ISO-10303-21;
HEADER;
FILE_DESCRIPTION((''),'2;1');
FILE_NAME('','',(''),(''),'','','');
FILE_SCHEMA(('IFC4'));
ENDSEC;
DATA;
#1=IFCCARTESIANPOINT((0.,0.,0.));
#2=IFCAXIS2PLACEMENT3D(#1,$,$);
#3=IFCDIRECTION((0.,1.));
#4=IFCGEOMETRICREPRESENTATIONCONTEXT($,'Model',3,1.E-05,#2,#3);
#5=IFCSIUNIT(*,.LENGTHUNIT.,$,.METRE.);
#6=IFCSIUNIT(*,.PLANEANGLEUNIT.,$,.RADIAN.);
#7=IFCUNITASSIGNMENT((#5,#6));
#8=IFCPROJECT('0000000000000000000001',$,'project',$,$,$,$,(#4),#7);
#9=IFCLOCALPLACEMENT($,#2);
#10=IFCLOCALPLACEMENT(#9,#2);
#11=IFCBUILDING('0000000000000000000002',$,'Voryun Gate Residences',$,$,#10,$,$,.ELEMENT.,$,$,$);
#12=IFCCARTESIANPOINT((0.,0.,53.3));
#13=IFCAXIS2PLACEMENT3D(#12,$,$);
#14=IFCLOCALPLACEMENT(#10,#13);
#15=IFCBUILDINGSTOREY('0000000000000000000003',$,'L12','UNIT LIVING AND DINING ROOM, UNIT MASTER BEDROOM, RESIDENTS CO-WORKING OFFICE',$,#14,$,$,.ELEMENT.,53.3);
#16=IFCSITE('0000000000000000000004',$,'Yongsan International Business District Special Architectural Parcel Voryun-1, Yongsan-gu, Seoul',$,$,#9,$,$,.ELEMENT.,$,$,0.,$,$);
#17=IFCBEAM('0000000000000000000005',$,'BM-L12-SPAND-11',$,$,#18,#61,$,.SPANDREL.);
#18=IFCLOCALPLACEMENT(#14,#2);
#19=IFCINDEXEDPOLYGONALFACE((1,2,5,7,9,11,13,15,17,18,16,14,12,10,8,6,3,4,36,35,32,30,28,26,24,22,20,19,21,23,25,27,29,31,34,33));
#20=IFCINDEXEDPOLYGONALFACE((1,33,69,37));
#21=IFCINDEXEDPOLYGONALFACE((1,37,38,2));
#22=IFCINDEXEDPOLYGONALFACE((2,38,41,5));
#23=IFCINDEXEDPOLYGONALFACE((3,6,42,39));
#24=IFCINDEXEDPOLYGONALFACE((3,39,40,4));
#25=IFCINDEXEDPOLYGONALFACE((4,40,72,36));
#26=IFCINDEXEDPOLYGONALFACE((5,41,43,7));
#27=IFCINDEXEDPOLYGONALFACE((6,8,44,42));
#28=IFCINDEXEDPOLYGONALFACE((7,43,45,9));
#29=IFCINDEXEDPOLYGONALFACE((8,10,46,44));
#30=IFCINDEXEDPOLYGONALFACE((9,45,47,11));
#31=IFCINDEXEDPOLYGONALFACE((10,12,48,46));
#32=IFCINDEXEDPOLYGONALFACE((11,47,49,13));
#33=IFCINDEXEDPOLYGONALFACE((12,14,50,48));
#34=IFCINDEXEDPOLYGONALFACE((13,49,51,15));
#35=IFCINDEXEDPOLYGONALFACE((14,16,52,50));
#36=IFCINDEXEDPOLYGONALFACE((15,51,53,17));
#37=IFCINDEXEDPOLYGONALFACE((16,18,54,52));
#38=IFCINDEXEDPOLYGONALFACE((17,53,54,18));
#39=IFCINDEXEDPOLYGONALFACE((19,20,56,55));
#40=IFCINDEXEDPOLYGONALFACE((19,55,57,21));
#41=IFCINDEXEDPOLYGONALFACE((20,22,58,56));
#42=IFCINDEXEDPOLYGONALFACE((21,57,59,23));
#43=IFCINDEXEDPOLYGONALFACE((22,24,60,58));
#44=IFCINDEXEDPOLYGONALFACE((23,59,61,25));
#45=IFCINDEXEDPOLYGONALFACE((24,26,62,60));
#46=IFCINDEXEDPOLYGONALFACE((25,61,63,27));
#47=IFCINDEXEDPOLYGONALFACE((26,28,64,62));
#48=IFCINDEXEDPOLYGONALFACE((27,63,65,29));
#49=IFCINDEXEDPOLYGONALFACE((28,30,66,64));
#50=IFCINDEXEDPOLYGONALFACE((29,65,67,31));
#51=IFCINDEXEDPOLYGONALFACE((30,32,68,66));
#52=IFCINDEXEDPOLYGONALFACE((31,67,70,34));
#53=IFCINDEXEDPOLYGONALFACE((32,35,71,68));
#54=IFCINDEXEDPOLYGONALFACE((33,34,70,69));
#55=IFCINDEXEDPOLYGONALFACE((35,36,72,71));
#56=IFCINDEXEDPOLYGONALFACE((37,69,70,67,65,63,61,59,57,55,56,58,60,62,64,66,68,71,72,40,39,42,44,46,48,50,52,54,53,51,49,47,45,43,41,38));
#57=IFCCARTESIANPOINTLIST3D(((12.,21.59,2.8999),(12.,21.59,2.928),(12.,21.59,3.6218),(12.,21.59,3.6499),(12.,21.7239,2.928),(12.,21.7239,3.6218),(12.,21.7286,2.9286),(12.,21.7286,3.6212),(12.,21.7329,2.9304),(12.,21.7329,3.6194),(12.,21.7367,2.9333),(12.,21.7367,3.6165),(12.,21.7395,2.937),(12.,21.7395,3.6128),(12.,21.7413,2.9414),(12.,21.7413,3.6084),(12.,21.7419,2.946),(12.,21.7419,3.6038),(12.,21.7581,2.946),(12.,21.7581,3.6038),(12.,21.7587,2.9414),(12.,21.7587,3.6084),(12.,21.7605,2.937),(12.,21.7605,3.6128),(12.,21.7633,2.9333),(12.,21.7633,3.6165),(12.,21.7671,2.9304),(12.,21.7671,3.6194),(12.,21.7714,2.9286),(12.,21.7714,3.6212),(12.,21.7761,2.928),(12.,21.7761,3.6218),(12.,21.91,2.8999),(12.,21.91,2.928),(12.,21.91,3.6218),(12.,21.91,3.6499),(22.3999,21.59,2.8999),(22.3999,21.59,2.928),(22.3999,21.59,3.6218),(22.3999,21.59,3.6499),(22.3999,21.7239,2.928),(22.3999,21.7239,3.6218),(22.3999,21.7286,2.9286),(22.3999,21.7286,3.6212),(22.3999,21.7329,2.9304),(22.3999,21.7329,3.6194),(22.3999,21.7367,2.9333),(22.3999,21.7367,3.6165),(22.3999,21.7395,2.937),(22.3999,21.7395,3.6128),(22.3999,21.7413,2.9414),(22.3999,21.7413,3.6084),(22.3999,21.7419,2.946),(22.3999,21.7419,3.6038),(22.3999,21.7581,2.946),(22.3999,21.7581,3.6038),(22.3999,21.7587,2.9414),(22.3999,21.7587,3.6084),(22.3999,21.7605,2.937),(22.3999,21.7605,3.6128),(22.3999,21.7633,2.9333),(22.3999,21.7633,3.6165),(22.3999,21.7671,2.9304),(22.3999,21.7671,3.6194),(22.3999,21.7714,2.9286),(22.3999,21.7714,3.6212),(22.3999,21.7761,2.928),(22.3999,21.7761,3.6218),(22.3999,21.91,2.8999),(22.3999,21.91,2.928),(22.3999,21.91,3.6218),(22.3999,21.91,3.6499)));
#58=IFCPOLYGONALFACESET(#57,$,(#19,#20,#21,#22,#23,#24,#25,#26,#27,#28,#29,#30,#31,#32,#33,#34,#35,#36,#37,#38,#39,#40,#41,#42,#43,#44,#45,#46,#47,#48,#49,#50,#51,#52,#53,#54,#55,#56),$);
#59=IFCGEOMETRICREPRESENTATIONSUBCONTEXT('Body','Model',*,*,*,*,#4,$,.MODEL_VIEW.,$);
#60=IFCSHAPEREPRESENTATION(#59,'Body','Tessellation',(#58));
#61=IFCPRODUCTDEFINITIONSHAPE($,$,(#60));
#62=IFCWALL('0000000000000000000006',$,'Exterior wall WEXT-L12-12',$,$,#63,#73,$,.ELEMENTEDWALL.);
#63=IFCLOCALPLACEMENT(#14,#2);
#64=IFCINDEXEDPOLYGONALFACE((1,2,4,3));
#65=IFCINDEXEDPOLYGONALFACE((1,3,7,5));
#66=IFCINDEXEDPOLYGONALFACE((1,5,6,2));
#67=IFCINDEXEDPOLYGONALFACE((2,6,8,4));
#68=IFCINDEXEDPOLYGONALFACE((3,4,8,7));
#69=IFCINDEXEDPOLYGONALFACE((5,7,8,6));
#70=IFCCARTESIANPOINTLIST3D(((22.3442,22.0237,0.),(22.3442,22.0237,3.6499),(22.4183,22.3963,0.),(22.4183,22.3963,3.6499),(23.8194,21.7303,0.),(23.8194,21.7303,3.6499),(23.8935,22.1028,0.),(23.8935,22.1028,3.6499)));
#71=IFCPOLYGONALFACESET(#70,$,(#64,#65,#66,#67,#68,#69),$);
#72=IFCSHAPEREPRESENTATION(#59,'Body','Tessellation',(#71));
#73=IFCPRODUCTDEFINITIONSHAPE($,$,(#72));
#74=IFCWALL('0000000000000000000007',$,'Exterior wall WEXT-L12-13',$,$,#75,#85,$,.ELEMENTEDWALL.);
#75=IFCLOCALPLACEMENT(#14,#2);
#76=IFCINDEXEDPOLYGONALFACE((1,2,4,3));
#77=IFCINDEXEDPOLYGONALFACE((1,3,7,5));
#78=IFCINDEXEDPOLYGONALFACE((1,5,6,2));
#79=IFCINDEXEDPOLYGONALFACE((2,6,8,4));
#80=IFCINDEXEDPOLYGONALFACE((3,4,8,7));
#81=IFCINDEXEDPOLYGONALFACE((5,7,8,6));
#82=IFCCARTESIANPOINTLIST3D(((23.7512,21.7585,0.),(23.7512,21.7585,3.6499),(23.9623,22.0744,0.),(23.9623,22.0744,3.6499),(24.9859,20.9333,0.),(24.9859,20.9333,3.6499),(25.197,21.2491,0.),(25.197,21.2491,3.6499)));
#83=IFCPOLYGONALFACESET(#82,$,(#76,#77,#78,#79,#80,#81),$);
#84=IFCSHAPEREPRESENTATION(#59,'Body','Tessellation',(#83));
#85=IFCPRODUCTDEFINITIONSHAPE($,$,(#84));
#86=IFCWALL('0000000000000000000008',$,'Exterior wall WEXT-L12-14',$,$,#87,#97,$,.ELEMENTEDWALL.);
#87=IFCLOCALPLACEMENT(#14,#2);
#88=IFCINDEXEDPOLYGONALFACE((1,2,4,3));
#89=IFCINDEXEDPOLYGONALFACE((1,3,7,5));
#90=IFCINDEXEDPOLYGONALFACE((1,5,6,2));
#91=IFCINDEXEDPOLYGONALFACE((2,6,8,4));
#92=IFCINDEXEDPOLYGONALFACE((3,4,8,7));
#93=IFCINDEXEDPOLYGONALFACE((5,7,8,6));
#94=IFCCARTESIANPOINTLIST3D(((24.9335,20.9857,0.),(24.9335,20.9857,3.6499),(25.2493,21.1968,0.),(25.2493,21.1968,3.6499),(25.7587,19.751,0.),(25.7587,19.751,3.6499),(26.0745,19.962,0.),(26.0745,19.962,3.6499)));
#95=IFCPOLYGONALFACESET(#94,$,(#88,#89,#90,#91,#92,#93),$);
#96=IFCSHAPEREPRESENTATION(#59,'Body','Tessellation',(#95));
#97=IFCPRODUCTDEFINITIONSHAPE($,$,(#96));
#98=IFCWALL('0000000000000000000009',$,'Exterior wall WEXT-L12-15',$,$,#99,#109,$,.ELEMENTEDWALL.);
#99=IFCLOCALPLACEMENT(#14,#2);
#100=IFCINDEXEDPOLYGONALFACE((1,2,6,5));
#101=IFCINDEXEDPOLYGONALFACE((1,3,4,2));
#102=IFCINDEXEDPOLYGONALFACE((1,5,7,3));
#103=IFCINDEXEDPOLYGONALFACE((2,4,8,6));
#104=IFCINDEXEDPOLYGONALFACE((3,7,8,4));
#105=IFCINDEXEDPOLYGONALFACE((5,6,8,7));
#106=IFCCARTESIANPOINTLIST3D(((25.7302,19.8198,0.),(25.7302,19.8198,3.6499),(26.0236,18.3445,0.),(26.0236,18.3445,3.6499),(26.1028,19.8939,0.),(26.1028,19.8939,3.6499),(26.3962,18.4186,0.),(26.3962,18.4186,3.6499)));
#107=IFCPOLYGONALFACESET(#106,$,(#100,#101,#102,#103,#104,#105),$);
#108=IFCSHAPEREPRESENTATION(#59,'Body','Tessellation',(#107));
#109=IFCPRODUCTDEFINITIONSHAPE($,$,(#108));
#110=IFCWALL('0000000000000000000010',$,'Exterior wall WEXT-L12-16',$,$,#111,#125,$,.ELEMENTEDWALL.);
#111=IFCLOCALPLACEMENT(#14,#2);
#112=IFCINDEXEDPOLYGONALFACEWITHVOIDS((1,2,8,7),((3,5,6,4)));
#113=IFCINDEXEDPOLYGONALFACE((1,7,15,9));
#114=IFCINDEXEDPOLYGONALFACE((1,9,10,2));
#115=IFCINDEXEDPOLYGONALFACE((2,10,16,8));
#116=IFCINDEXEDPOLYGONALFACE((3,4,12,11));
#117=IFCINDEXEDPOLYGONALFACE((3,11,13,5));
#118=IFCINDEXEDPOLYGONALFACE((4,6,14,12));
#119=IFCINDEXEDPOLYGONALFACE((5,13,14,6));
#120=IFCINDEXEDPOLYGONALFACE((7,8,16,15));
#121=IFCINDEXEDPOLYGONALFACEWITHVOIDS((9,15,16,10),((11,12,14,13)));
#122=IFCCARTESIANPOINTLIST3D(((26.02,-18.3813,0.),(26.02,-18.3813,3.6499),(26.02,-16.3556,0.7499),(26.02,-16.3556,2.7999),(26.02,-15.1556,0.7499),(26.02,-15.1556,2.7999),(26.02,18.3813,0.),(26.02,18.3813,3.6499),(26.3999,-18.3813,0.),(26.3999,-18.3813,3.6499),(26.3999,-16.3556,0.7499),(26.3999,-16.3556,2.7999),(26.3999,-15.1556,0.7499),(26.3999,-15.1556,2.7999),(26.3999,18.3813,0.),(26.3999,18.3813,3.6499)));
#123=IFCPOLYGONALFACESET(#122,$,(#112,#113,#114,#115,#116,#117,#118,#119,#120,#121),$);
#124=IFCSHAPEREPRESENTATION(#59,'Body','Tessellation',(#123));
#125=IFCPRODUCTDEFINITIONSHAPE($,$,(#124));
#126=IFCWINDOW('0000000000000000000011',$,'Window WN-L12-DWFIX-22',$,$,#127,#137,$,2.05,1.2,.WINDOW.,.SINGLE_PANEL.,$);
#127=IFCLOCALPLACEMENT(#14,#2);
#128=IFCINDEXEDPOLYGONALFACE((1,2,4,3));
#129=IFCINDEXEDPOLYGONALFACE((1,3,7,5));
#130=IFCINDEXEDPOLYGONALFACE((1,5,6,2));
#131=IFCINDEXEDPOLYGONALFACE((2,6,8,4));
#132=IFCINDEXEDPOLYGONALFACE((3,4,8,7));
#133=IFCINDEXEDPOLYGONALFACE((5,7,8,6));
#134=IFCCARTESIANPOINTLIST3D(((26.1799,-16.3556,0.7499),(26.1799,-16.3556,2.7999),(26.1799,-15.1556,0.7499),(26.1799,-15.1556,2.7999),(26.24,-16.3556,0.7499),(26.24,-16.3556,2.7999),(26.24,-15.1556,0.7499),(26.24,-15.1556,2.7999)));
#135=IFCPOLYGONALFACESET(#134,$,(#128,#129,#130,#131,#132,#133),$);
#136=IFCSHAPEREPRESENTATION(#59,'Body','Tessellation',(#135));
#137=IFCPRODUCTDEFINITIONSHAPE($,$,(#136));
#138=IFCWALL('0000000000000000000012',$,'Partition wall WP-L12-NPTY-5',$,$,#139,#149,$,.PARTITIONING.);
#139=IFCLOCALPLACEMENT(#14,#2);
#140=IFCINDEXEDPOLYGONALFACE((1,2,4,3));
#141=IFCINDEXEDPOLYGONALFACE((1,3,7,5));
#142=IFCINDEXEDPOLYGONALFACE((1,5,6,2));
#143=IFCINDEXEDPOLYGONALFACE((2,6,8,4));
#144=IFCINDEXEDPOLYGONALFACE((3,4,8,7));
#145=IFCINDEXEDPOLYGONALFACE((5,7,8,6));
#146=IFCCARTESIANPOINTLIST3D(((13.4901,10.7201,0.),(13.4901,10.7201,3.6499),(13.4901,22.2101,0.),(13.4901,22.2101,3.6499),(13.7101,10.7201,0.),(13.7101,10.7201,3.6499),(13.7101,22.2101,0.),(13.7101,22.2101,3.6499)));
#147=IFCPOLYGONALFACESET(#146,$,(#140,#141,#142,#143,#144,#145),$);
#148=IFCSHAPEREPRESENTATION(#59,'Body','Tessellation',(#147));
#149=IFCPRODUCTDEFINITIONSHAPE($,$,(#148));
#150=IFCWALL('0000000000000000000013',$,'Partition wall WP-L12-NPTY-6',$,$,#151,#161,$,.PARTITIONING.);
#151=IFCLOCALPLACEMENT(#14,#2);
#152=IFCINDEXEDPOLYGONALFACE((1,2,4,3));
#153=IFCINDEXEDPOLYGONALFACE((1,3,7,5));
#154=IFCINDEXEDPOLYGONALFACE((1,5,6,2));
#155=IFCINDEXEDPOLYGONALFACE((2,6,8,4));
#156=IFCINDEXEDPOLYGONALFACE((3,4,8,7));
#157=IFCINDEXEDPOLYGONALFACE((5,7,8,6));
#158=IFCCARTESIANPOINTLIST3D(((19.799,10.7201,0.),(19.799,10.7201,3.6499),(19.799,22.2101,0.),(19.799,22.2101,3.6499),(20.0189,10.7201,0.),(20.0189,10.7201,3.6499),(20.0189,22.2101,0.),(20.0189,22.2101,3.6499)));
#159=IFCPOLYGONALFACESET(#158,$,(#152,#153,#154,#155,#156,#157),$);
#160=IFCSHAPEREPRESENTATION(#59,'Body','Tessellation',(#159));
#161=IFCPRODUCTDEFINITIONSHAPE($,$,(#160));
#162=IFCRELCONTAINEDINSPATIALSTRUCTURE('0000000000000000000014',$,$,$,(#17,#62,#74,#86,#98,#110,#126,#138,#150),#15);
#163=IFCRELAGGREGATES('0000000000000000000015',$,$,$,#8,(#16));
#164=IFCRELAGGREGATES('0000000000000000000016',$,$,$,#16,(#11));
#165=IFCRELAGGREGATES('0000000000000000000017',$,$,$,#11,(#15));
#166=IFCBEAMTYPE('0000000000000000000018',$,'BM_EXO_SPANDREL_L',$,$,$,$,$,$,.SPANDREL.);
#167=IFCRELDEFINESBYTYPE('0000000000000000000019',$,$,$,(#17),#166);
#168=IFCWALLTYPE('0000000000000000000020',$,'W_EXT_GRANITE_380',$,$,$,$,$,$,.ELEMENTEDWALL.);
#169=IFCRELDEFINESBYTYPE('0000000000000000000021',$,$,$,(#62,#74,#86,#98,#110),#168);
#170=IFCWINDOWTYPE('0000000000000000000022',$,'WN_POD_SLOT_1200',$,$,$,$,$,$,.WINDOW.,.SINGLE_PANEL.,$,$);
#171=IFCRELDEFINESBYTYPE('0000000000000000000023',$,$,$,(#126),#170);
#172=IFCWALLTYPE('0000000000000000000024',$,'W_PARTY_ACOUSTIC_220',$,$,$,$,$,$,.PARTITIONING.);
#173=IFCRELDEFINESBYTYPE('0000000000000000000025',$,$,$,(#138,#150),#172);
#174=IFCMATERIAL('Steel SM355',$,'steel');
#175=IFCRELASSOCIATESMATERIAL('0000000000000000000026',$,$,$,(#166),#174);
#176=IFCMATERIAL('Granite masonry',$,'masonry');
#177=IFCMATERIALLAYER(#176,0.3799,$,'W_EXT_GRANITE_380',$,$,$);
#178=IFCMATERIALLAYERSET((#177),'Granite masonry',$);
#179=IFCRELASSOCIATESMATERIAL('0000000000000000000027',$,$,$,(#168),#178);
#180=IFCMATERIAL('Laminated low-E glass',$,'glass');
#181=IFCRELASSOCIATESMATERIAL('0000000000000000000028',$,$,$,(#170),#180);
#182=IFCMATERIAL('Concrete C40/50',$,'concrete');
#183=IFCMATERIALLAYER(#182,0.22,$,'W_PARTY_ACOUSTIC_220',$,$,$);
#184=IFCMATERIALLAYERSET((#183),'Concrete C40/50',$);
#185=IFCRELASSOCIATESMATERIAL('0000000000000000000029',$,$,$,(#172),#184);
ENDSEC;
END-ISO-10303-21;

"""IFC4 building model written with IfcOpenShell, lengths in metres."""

from ifc_helpers import new_model, si_unit, direction, frame, frame_2d, origin, origin_2d, place, context, subcontext, project, spatial, rectangle, i_section, extrude, material, layer, layer_set, material_profile, profile_set, type_object, element, fill, save


model = new_model("IFC4")

# Units and contexts
model_context = context("Model", 3, precision=1e-05, world=origin(), true_north=direction((0.0, 1.0)))
body_context = subcontext(model_context, "Body", "Model", "MODEL_VIEW")
ifc_project = project(units=[si_unit("LENGTHUNIT", "METRE"), si_unit("PLANEANGLEUNIT", "RADIAN")], contexts=[model_context])

# Site, building, storey
site_placement = place(None, origin())
site = spatial("IfcSite", under=ifc_project, at=site_placement, Name="Yongsan International Business District Special Architectural Parcel Voryun-1, Yongsan-gu, Seoul", CompositionType="ELEMENT", RefElevation=0.0)
building_placement = place(site_placement, origin())
building = spatial("IfcBuilding", under=site, at=building_placement, Name="Voryun Gate Residences", CompositionType="ELEMENT")
storey_placement = place(building_placement, frame((0.0, 0.0, 53.3)))
storey = spatial("IfcBuildingStorey", under=building, at=storey_placement, Name="L12", Description="UNIT LIVING AND DINING ROOM, UNIT MASTER BEDROOM, RESIDENTS CO-WORKING OFFICE", CompositionType="ELEMENT", Elevation=53.3)

# Beam
ifc_material_1 = material(Name="Steel SM355", Category="steel")
ifc_material_profile_1 = material_profile(ifc_material_1, i_section(OverallWidth=0.3201, OverallDepth=0.75, WebThickness=0.0161, FlangeThickness=0.0281, FilletRadius=0.0181, at=origin_2d()), Name="H-750x320x16x28")
ifc_profile_set_1 = profile_set([ifc_material_profile_1], Name="Steel SM355")
beam_type = type_object("IfcBeamType", Name="BM_EXO_SPANDREL_L", PredefinedType="SPANDREL", material=ifc_profile_set_1)
beam_1_placement = place(storey_placement, frame((22.3999, 21.75, 3.2749), z_axis=(-1.0, 0.0, 0.0), x_axis=(0.0, -1.0, 0.0)))
element("IfcBeam", 1, at=beam_1_placement, inside=storey, type_object=beam_type, Name="BM-L12-SPAND-11", PredefinedType="SPANDREL", context=body_context, shape_type="SweptSolid", body=[
    extrude(i_section(OverallWidth=0.3201, OverallDepth=0.75, WebThickness=0.0161, FlangeThickness=0.0281, FilletRadius=0.0181, at=origin_2d()), origin(), (0.0, 0.0, 1.0), 10.3999),
])

# Walls
ifc_material_2 = material(Name="Granite masonry", Category="masonry")
ifc_layer_1 = layer(ifc_material_2, 0.3799, Name="W_EXT_GRANITE_380")
ifc_layer_set_1 = layer_set([ifc_layer_1], Name="Granite masonry")
wall_type_1 = type_object("IfcWallType", Name="W_EXT_GRANITE_380", PredefinedType="ELEMENTEDWALL", material=ifc_layer_set_1)
wall_1_placement = place(storey_placement, frame((22.3813, 22.21, 0.0), z_axis=(0.0, 0.0, 1.0), x_axis=(0.980786, -0.195086, 0.0)))
element("IfcWall", 2, at=wall_1_placement, inside=storey, type_object=wall_type_1, Name="Exterior wall WEXT-L12-12", PredefinedType="ELEMENTEDWALL", context=body_context, shape_type="SweptSolid", body=[
    extrude(rectangle(XDim=1.5042, YDim=0.3799, at=frame_2d((0.752, 0.0))), origin(), (0.0, 0.0, 1.0), 3.6499),
])
for number, where, z_axis, x_axis, name in (
    (3, (23.8567, 21.9165, 0.0), (0.0, 0.0, 1.0), (0.831392, -0.555686, 0.0), "Exterior wall WEXT-L12-13"),
    (4, (25.0913, 21.0913, 0.0), (0.0, 0.0, 1.0), (0.555686, -0.831392, 0.0), "Exterior wall WEXT-L12-14"),
):
    element("IfcWall", number, at=place(storey_placement, frame(where, z_axis=z_axis, x_axis=x_axis)), inside=storey, type_object=wall_type_1, Name=name, PredefinedType="ELEMENTEDWALL", context=body_context, shape_type="SweptSolid", body=[
        extrude(rectangle(XDim=1.4851, YDim=0.3799, at=frame_2d((0.7427, 0.0))), origin(), (0.0, 0.0, 1.0), 3.6499),
    ])
wall_2_placement = place(storey_placement, frame((25.9165, 19.8567, 0.0), z_axis=(0.0, 0.0, 1.0), x_axis=(0.195086, -0.980786, 0.0)))
element("IfcWall", 5, at=wall_2_placement, inside=storey, type_object=wall_type_1, Name="Exterior wall WEXT-L12-15", PredefinedType="ELEMENTEDWALL", context=body_context, shape_type="SweptSolid", body=[
    extrude(rectangle(XDim=1.5042, YDim=0.3799, at=frame_2d((0.752, 0.0))), origin(), (0.0, 0.0, 1.0), 3.6499),
])

# Wall, opening, window
wall_3_placement = place(storey_placement, frame((26.21, 18.3813, 0.0), z_axis=(0.0, 0.0, 1.0), x_axis=(0.0, -1.0, 0.0)))
wall_3 = element("IfcWall", 6, at=wall_3_placement, inside=storey, type_object=wall_type_1, Name="Exterior wall WEXT-L12-16", PredefinedType="ELEMENTEDWALL", context=body_context, shape_type="SweptSolid", body=[
    extrude(rectangle(XDim=36.7627, YDim=0.3799, at=frame_2d((18.3813, 0.0))), origin(), (0.0, 0.0, 1.0), 3.6499),
])
opening_1_placement = place(wall_3_placement, frame((33.5369, 0.0, 0.75)))
opening_1 = element("IfcOpeningElement", 7, at=opening_1_placement, cuts=wall_3, PredefinedType="OPENING", context=body_context, shape_type="SweptSolid", body=[
    extrude(rectangle(XDim=1.2, YDim=2.05, at=frame_2d((0.6001, 1.0249))), frame((0.0, 0.2, 0.0), z_axis=(0.0, -1.0, 0.0), x_axis=(1.0, 0.0, 0.0)), (0.0, 0.0, 1.0), 0.3999),
])
ifc_material_3 = material(Name="Laminated low-E glass", Category="glass")
window_type = type_object("IfcWindowType", Name="WN_POD_SLOT_1200", PartitioningType="SINGLE_PANEL", PredefinedType="WINDOW", material=ifc_material_3)
window_placement = place(opening_1_placement, origin())
window = element("IfcWindow", 8, at=window_placement, inside=storey, type_object=window_type, Name="Window WN-L12-DWFIX-22", OverallHeight=2.05, OverallWidth=1.2, PartitioningType="SINGLE_PANEL", PredefinedType="WINDOW", context=body_context, shape_type="SweptSolid", body=[
    extrude(rectangle(XDim=1.2, YDim=2.05, at=frame_2d((0.6001, 1.0249))), frame((0.0, 0.03, 0.0), z_axis=(0.0, -1.0, 0.0), x_axis=(1.0, 0.0, 0.0)), (0.0, 0.0, 1.0), 0.0601),
])
fill(opening_1, window)

# Walls
ifc_material_4 = material(Name="Concrete C40/50", Category="concrete")
ifc_layer_2 = layer(ifc_material_4, 0.22, Name="W_PARTY_ACOUSTIC_220")
ifc_layer_set_2 = layer_set([ifc_layer_2], Name="Concrete C40/50")
wall_type_2 = type_object("IfcWallType", Name="W_PARTY_ACOUSTIC_220", PredefinedType="PARTITIONING", material=ifc_layer_set_2)
for number, where, z_axis, x_axis, name in (
    (9, (13.6001, 10.72, 0.0), (0.0, 0.0, 1.0), (0.0, 1.0, 0.0), "Partition wall WP-L12-NPTY-5"),
    (10, (19.9089, 10.72, 0.0), (0.0, 0.0, 1.0), (0.0, 1.0, 0.0), "Partition wall WP-L12-NPTY-6"),
):
    element("IfcWall", number, at=place(storey_placement, frame(where, z_axis=z_axis, x_axis=x_axis)), inside=storey, type_object=wall_type_2, Name=name, PredefinedType="PARTITIONING", context=body_context, shape_type="SweptSolid", body=[
        extrude(rectangle(XDim=11.49, YDim=0.22, at=frame_2d((5.7451, 0.0))), origin(), (0.0, 0.0, 1.0), 3.6499),
    ])

save(model, "model.ifc")
